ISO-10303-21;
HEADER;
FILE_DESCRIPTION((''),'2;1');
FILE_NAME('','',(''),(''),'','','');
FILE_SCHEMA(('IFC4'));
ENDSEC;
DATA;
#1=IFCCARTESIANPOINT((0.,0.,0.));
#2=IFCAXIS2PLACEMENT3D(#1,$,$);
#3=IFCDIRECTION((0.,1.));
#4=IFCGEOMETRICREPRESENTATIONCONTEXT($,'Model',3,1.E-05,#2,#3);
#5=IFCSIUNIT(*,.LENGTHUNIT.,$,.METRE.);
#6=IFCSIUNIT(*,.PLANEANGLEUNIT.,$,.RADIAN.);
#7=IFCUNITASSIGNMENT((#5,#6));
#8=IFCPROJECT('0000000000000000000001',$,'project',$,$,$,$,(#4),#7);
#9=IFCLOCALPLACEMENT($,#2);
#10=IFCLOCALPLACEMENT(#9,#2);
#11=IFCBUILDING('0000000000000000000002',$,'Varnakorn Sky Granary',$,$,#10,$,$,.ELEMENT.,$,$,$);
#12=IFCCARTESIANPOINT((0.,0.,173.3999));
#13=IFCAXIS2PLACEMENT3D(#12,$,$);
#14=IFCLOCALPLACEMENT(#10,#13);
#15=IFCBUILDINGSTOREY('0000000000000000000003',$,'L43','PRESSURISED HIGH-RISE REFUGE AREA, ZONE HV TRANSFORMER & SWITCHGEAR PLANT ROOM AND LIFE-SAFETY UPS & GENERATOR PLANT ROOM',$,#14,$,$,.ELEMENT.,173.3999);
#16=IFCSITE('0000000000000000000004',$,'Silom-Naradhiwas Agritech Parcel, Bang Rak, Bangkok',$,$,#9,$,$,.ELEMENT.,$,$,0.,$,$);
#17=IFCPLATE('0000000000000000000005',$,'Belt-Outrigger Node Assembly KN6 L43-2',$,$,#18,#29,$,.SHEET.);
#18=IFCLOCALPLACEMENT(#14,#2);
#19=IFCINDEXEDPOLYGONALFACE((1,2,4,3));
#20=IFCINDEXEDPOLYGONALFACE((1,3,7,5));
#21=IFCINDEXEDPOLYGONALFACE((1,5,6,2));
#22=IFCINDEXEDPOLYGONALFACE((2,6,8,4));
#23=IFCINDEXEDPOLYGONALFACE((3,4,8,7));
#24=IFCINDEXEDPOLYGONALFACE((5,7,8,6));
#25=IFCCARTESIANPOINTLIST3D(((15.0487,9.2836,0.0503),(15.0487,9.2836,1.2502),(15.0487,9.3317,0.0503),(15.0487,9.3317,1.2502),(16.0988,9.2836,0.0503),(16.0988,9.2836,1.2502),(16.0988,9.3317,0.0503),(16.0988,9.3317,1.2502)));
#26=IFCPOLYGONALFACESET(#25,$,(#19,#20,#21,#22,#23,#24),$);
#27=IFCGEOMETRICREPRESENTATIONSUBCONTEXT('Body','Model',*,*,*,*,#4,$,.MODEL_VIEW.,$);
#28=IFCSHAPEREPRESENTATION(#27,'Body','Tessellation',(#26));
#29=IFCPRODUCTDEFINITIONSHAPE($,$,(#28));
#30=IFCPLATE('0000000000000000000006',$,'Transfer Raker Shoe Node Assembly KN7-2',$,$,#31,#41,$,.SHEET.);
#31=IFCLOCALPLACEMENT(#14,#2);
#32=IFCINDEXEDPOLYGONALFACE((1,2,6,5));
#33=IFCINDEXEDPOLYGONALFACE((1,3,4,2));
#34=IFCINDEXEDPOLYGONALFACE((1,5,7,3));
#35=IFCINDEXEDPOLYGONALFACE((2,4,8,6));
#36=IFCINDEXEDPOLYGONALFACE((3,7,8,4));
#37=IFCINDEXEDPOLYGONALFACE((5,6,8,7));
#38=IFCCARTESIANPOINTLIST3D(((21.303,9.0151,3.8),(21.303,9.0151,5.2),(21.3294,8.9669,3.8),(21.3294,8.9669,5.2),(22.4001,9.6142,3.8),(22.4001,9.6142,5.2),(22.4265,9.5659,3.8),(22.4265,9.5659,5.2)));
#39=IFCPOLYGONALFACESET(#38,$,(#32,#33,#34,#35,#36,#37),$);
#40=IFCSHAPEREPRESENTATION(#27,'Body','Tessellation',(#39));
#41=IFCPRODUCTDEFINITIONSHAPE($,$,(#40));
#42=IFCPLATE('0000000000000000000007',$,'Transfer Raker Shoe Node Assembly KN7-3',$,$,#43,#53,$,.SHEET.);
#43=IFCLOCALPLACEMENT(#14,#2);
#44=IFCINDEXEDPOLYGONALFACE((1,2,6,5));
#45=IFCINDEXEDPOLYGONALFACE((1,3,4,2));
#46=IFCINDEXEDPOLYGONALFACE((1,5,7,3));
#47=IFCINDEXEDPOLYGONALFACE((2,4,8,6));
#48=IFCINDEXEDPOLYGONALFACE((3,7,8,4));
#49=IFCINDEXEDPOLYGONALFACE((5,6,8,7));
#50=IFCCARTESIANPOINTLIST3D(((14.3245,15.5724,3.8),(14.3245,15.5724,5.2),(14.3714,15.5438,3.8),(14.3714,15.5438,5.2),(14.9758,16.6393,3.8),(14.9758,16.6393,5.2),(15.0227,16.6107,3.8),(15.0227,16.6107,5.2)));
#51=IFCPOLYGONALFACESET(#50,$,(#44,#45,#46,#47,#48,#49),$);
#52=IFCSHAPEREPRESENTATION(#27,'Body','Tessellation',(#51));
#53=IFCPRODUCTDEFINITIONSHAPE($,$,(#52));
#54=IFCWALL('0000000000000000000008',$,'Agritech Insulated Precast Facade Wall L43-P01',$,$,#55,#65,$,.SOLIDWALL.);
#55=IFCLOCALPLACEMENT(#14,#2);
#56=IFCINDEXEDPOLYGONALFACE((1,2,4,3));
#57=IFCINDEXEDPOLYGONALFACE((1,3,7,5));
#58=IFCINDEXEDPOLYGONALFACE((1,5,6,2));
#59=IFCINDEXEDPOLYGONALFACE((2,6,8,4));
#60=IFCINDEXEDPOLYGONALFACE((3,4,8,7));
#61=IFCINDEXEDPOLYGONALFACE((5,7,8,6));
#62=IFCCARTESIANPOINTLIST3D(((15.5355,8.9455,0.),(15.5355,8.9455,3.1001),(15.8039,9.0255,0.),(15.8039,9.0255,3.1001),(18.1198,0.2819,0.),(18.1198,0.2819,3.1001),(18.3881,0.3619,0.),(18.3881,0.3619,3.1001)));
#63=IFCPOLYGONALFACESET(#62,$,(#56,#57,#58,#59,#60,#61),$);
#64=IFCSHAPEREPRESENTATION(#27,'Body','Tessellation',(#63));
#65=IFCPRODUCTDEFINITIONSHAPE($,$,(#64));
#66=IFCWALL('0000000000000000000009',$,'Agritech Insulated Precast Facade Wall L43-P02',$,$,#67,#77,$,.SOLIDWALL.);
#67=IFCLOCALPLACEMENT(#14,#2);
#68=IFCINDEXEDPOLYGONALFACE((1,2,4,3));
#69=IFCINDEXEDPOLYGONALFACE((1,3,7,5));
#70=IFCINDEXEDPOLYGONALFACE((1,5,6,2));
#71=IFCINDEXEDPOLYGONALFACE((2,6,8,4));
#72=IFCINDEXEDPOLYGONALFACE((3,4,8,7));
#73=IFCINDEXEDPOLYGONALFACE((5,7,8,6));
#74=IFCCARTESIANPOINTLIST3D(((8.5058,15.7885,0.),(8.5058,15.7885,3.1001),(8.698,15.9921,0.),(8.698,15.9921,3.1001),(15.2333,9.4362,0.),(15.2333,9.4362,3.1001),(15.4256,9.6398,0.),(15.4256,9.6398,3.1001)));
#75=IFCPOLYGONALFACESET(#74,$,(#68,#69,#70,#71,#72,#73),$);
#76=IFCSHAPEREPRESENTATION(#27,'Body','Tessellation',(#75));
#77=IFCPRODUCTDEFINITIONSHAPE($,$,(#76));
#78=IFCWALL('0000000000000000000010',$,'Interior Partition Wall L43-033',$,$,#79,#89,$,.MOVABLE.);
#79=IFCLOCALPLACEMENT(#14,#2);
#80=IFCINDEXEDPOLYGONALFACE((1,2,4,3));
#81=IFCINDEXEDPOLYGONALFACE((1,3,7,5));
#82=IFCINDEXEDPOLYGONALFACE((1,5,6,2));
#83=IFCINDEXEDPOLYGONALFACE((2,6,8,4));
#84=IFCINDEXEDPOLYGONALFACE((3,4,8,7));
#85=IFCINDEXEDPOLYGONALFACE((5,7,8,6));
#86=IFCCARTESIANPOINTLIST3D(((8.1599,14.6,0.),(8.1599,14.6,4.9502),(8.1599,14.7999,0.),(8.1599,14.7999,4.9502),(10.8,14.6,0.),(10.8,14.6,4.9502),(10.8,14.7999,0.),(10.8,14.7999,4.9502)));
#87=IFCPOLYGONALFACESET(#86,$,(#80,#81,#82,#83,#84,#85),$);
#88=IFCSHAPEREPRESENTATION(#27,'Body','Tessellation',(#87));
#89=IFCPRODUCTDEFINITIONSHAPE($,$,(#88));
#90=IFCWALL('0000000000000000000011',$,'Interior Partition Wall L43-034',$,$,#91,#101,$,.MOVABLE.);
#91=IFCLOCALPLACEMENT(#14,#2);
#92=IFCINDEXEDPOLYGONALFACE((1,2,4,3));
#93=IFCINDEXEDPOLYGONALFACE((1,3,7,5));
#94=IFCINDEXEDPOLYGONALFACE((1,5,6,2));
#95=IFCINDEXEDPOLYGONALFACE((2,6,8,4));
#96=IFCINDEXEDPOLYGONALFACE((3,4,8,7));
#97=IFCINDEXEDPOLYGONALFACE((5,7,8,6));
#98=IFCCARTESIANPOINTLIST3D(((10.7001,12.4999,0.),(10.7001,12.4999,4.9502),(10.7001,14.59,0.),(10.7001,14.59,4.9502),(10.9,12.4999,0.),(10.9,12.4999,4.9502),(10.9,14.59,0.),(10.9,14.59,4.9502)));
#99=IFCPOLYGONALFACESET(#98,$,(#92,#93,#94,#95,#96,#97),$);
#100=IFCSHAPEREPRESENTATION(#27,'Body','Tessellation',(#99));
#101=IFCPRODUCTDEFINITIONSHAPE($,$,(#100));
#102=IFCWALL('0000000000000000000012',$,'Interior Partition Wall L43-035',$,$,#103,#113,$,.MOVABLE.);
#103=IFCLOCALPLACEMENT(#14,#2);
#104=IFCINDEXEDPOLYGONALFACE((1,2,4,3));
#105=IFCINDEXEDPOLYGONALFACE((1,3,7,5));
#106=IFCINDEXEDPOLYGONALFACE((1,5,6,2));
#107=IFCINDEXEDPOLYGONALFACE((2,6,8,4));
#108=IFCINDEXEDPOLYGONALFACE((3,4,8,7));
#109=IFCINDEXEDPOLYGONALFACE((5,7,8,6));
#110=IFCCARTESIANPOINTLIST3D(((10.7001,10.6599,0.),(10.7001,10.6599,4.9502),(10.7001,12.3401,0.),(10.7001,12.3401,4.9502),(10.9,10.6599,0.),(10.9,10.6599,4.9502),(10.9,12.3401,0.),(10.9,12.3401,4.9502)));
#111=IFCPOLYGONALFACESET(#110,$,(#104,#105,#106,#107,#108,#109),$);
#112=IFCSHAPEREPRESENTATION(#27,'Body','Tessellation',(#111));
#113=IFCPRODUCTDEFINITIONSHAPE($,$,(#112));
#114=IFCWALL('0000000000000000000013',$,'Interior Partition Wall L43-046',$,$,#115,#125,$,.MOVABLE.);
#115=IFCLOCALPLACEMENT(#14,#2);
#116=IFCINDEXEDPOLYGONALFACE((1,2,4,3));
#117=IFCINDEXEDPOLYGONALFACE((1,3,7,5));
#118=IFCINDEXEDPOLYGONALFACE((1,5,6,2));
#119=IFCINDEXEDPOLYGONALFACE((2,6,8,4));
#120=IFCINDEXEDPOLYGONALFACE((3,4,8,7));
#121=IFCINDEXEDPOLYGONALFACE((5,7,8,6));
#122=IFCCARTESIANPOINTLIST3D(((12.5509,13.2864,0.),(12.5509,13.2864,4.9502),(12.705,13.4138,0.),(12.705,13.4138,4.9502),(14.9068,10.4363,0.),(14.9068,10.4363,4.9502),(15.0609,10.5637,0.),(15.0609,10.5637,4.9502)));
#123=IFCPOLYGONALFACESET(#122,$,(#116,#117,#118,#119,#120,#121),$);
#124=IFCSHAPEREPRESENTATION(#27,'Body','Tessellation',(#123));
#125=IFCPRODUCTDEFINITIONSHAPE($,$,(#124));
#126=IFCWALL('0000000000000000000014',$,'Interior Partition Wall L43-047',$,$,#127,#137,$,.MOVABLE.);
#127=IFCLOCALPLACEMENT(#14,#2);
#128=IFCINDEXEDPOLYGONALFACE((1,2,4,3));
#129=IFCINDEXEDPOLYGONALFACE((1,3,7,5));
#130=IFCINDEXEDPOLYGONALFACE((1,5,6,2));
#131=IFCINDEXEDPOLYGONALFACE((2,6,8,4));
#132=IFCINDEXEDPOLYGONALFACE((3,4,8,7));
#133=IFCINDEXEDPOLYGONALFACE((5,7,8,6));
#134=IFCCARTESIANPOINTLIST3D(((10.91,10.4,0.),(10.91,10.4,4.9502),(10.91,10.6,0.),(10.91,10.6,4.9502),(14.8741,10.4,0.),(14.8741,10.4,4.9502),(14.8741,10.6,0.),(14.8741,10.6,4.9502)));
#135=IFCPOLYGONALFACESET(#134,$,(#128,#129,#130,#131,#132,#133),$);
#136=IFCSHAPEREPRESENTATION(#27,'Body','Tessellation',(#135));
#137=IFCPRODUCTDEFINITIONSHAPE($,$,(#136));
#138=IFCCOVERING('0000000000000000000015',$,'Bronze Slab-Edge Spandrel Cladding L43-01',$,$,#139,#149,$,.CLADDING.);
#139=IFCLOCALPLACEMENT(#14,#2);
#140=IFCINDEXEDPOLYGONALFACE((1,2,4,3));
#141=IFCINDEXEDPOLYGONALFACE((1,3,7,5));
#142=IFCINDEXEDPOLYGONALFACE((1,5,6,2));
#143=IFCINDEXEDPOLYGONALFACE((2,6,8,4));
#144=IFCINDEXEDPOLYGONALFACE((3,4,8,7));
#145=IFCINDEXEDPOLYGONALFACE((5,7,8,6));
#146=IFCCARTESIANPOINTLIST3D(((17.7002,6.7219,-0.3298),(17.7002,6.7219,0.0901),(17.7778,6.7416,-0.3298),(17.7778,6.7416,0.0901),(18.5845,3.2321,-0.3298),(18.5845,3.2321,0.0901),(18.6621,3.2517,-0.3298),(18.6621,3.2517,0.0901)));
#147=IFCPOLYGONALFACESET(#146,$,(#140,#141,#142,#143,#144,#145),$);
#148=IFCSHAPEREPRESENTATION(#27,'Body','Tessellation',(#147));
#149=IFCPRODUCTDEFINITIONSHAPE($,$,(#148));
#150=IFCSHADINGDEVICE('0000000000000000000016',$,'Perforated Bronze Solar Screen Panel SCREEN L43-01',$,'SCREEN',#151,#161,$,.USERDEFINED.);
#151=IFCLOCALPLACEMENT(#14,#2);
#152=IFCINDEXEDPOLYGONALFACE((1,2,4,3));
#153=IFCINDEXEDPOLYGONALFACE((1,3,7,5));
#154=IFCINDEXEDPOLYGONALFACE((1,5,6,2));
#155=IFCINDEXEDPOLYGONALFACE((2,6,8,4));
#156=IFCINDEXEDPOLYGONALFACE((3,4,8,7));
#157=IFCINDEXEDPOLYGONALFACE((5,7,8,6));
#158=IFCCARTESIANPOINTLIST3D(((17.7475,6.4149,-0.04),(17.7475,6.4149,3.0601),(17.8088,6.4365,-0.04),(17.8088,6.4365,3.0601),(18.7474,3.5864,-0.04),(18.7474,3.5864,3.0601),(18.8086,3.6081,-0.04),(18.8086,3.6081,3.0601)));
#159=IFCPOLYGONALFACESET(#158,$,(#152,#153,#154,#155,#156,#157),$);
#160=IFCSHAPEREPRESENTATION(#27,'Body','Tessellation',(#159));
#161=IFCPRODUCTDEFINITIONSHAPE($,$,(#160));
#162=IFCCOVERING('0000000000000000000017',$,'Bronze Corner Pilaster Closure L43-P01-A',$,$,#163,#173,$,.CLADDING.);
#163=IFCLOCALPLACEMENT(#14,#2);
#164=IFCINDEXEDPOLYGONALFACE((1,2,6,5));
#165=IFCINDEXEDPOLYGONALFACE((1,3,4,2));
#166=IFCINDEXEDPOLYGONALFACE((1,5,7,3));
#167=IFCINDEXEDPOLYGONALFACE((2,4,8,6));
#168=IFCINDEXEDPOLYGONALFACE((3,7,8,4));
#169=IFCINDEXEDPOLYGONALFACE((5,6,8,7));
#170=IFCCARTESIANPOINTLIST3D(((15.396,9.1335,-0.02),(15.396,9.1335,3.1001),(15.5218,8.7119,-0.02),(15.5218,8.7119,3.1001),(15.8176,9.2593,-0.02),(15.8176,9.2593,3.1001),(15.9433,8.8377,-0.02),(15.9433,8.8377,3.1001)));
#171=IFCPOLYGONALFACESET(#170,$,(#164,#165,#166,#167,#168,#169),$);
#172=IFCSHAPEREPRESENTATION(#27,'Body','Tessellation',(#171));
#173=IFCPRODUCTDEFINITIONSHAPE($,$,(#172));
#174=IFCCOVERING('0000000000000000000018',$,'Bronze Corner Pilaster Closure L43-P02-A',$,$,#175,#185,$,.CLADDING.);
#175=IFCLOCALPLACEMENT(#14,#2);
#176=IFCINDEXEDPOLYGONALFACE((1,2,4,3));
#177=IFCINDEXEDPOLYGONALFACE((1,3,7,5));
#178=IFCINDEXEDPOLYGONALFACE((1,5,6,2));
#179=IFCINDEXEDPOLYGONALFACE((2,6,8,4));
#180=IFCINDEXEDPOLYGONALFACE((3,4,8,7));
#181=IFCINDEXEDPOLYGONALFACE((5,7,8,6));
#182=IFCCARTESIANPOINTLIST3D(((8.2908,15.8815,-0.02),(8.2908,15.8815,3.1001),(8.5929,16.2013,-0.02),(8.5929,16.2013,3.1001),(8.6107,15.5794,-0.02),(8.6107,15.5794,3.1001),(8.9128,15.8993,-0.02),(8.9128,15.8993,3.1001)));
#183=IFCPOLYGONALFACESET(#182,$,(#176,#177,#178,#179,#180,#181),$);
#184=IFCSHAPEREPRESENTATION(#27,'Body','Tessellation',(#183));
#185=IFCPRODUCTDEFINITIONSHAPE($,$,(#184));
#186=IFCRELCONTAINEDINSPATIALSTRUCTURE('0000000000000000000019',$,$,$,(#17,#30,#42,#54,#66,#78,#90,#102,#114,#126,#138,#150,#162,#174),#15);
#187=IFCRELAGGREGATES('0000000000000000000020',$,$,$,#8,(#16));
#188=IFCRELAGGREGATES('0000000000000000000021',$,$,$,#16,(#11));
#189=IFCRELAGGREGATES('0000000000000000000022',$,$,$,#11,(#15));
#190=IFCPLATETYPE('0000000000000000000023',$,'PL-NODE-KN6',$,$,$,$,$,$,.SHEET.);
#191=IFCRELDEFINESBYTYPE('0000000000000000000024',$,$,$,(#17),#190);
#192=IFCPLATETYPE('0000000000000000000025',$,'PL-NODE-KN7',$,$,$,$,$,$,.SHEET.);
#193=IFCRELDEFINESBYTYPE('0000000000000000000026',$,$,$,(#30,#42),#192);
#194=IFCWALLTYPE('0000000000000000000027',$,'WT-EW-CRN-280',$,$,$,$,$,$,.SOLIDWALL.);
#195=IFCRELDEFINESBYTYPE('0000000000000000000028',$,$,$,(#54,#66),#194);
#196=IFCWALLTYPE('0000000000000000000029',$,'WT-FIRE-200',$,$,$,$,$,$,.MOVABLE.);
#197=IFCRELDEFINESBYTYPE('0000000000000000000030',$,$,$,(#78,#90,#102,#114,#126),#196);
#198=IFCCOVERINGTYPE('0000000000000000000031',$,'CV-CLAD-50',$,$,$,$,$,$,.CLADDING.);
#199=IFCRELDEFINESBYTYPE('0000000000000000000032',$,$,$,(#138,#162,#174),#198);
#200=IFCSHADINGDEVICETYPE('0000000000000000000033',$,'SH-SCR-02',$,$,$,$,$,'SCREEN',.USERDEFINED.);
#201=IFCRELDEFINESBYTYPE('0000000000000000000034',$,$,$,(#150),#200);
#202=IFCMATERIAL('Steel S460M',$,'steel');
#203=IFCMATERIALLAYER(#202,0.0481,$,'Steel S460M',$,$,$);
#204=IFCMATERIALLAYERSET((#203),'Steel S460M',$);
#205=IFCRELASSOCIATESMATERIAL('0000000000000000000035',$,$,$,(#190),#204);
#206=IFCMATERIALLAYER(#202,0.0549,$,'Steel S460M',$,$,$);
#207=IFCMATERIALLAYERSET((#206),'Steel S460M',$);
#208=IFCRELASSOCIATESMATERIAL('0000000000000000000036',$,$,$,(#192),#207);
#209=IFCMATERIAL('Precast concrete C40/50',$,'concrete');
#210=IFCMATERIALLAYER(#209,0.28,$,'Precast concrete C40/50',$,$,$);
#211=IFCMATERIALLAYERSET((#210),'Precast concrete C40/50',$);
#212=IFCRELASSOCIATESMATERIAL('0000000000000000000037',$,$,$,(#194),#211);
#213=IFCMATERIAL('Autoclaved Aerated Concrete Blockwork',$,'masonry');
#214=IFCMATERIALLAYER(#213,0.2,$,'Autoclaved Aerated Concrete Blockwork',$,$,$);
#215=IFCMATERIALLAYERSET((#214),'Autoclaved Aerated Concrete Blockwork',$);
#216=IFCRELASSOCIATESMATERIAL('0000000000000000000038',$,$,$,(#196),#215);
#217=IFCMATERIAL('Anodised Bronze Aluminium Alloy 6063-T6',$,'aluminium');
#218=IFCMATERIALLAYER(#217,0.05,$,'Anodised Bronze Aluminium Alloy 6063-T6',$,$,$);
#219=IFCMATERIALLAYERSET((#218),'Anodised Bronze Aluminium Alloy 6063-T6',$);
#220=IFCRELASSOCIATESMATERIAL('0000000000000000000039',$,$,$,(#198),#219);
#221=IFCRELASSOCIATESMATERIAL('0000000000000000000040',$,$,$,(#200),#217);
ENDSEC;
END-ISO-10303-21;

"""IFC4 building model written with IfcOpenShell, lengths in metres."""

from ifc_helpers import new_model, si_unit, direction, frame, frame_2d, origin, origin_2d, place, context, subcontext, project, spatial, rectangle, extrude, source, transform, mapped, material, layer, layer_set, type_object, type_shapes, element, save


model = new_model("IFC4")

# Units and contexts
model_context = context("Model", 3, precision=1e-05, world=origin(), true_north=direction((0.0, 1.0)))
body_context = subcontext(model_context, "Body", "Model", "MODEL_VIEW")
ifc_project = project(units=[si_unit("LENGTHUNIT", "METRE"), si_unit("PLANEANGLEUNIT", "RADIAN")], contexts=[model_context])

# Site, building, storey
site_placement = place(None, origin())
site = spatial("IfcSite", under=ifc_project, at=site_placement, Name="Silom-Naradhiwas Agritech Parcel, Bang Rak, Bangkok", CompositionType="ELEMENT", RefElevation=0.0)
building_placement = place(site_placement, origin())
building = spatial("IfcBuilding", under=site, at=building_placement, Name="Varnakorn Sky Granary", CompositionType="ELEMENT")
storey_placement = place(building_placement, frame((0.0, 0.0, 173.3999)))
storey = spatial("IfcBuildingStorey", under=building, at=storey_placement, Name="L43", Description="PRESSURISED HIGH-RISE REFUGE AREA, ZONE HV TRANSFORMER & SWITCHGEAR PLANT ROOM AND LIFE-SAFETY UPS & GENERATOR PLANT ROOM", CompositionType="ELEMENT", Elevation=173.3999)

# Shared definitions
ifc_material_1 = material(Name="Steel S460M", Category="steel")

# Plates
ifc_layer_1 = layer(ifc_material_1, 0.0481, Name="Steel S460M")
ifc_layer_set_1 = layer_set([ifc_layer_1], Name="Steel S460M")
plate_type_1 = type_object("IfcPlateType", Name="PL-NODE-KN6", PredefinedType="SHEET", material=ifc_layer_set_1)
plate_placement = place(storey_placement, frame((15.5737, 9.3076, 0.0503), z_axis=(0.0, 0.0, 1.0), x_axis=(1.0, 0.0, 0.0)))
element("IfcPlate", 1, at=plate_placement, inside=storey, type_object=plate_type_1, Name="Belt-Outrigger Node Assembly KN6 L43-2", PredefinedType="SHEET", context=body_context, shape_type="SweptSolid", body=[
    extrude(rectangle(XDim=1.05, YDim=0.0481, at=origin_2d()), origin(), (0.0, 0.0, 1.0), 1.2),
])
ifc_layer_2 = layer(ifc_material_1, 0.0549, Name="Steel S460M")
ifc_layer_set_2 = layer_set([ifc_layer_2], Name="Steel S460M")
plate_type_2 = type_object("IfcPlateType", Name="PL-NODE-KN7", PredefinedType="SHEET", material=ifc_layer_set_2)
for number, where, z_axis, x_axis, name in (
    (2, (21.8647, 9.2905, 3.8), (0.0, 0.0, 1.0), (0.877685, 0.479238, 0.0), "Transfer Raker Shoe Node Assembly KN7-2"),
    (3, (14.6736, 16.0916, 3.8), (0.0, 0.0, 1.0), (0.521054, 0.853524, 0.0), "Transfer Raker Shoe Node Assembly KN7-3"),
):
    element("IfcPlate", number, at=place(storey_placement, frame(where, z_axis=z_axis, x_axis=x_axis)), inside=storey, type_object=plate_type_2, Name=name, PredefinedType="SHEET", context=body_context, shape_type="SweptSolid", body=[
        extrude(rectangle(XDim=1.25, YDim=0.0549, at=origin_2d()), origin(), (0.0, 0.0, 1.0), 1.3999),
    ])

# Walls
ifc_material_2 = material(Name="Precast concrete C40/50", Category="concrete")
ifc_layer_3 = layer(ifc_material_2, 0.28, Name="Precast concrete C40/50")
ifc_layer_set_3 = layer_set([ifc_layer_3], Name="Precast concrete C40/50")
wall_type_1 = type_object("IfcWallType", Name="WT-EW-CRN-280", PredefinedType="SOLIDWALL", material=ifc_layer_set_3)
wall_1_placement = place(storey_placement, frame((15.6697, 8.9856, 0.0), z_axis=(0.0, 0.0, 1.0), x_axis=(0.285841, -0.958277, 0.0)))
element("IfcWall", 4, at=wall_1_placement, inside=storey, type_object=wall_type_1, Name="Agritech Insulated Precast Facade Wall L43-P01", PredefinedType="SOLIDWALL", context=body_context, shape_type="SweptSolid", body=[
    extrude(rectangle(XDim=9.0408, YDim=0.28, at=frame_2d((4.5205, 0.0))), origin(), (0.0, 0.0, 1.0), 3.1001),
])
wall_2_placement = place(storey_placement, frame((8.6018, 15.8904, 0.0), z_axis=(0.0, 0.0, 1.0), x_axis=(0.727094, -0.686538, 0.0)))
element("IfcWall", 5, at=wall_2_placement, inside=storey, type_object=wall_type_1, Name="Agritech Insulated Precast Facade Wall L43-P02", PredefinedType="SOLIDWALL", context=body_context, shape_type="SweptSolid", body=[
    extrude(rectangle(XDim=9.2527, YDim=0.28, at=frame_2d((4.6265, 0.0))), origin(), (0.0, 0.0, 1.0), 3.1001),
])
ifc_material_3 = material(Name="Autoclaved Aerated Concrete Blockwork", Category="masonry")
ifc_layer_4 = layer(ifc_material_3, 0.2, Name="Autoclaved Aerated Concrete Blockwork")
ifc_layer_set_4 = layer_set([ifc_layer_4], Name="Autoclaved Aerated Concrete Blockwork")
wall_type_2 = type_object("IfcWallType", Name="WT-FIRE-200", PredefinedType="MOVABLE", material=ifc_layer_set_4)
wall_3_placement = place(storey_placement, frame((10.8, 14.7, 0.0), z_axis=(0.0, 0.0, 1.0), x_axis=(-1.0, 0.0, 0.0)))
element("IfcWall", 6, at=wall_3_placement, inside=storey, type_object=wall_type_2, Name="Interior Partition Wall L43-033", PredefinedType="MOVABLE", context=body_context, shape_type="SweptSolid", body=[
    extrude(rectangle(XDim=2.6401, YDim=0.2, at=frame_2d((1.3201, 0.0))), origin(), (0.0, 0.0, 1.0), 4.9502),
])
wall_4_placement = place(storey_placement, frame((10.8, 12.5, 0.0), z_axis=(0.0, 0.0, 1.0), x_axis=(0.0, 1.0, 0.0)))
element("IfcWall", 7, at=wall_4_placement, inside=storey, type_object=wall_type_2, Name="Interior Partition Wall L43-034", PredefinedType="MOVABLE", context=body_context, shape_type="SweptSolid", body=[
    extrude(rectangle(XDim=2.0901, YDim=0.2, at=frame_2d((1.0449, 0.0))), origin(), (0.0, 0.0, 1.0), 4.9502),
])
wall_5_placement = place(storey_placement, frame((10.8, 10.6599, 0.0), z_axis=(0.0, 0.0, 1.0), x_axis=(0.0, 1.0, 0.0)))
element("IfcWall", 8, at=wall_5_placement, inside=storey, type_object=wall_type_2, Name="Interior Partition Wall L43-035", PredefinedType="MOVABLE", context=body_context, shape_type="SweptSolid", body=[
    extrude(rectangle(XDim=1.6802, YDim=0.2, at=frame_2d((0.8401, 0.0))), origin(), (0.0, 0.0, 1.0), 4.9502),
])
wall_6_placement = place(storey_placement, frame((12.6279, 13.3501, 0.0), z_axis=(0.0, 0.0, 1.0), x_axis=(0.637127, -0.770759, 0.0)))
element("IfcWall", 9, at=wall_6_placement, inside=storey, type_object=wall_type_2, Name="Interior Partition Wall L43-046", PredefinedType="MOVABLE", context=body_context, shape_type="SweptSolid", body=[
    extrude(rectangle(XDim=3.6978, YDim=0.2, at=frame_2d((1.8489, 0.0))), origin(), (0.0, 0.0, 1.0), 4.9502),
])
wall_7_placement = place(storey_placement, frame((14.874, 10.5, 0.0), z_axis=(0.0, 0.0, 1.0), x_axis=(-1.0, 0.0, 0.0)))
element("IfcWall", 10, at=wall_7_placement, inside=storey, type_object=wall_type_2, Name="Interior Partition Wall L43-047", PredefinedType="MOVABLE", context=body_context, shape_type="SweptSolid", body=[
    extrude(rectangle(XDim=3.9641, YDim=0.2, at=frame_2d((1.9819, 0.0))), origin(), (0.0, 0.0, 1.0), 4.9502),
])

# Covering
ifc_material_4 = material(Name="Anodised Bronze Aluminium Alloy 6063-T6", Category="aluminium")
ifc_layer_5 = layer(ifc_material_4, 0.05, Name="Anodised Bronze Aluminium Alloy 6063-T6")
ifc_layer_set_5 = layer_set([ifc_layer_5], Name="Anodised Bronze Aluminium Alloy 6063-T6")
covering_type = type_object("IfcCoveringType", Name="CV-CLAD-50", PredefinedType="CLADDING", material=ifc_layer_set_5)
shared_shape_1 = source(origin(), body_context, "Body", "SweptSolid", [
    extrude(rectangle(XDim=3.6001, YDim=0.0801, at=origin_2d()), origin(), (0.0, 0.0, 1.0), 0.4199),
])
covering_placement = place(storey_placement, frame((18.1812, 4.9868, -0.3298), z_axis=(0.0, 0.0, 1.0), x_axis=(-0.245621, 0.969366, 0.0)))
element("IfcCovering", 11, at=covering_placement, inside=storey, type_object=covering_type, Name="Bronze Slab-Edge Spandrel Cladding L43-01", PredefinedType="CLADDING", context=body_context, shape_type="MappedRepresentation", body=[
    mapped(shared_shape_1, transform((0.0, 0.0, 0.0), x_axis=(1.0, 0.0, 0.0), y_axis=(0.0, 1.0, 0.0), z_axis=(0.0, 0.0, 1.0), scale=1.0)),
])

# Shading device
shading_device_type = type_object("IfcShadingDeviceType", Name="SH-SCR-02", ElementType="SCREEN", PredefinedType="USERDEFINED", material=ifc_material_4)
shared_shape_2 = source(origin(), body_context, "Body", "SweptSolid", [
    extrude(rectangle(XDim=3.0, YDim=0.0649, at=origin_2d()), origin(), (0.0, 0.0, 1.0), 3.1001),
])
type_shapes(shading_device_type, [shared_shape_2])
shading_device_placement = place(storey_placement, frame((18.2781, 5.0115, -0.04), z_axis=(0.0, 0.0, 1.0), x_axis=(-0.333289, 0.942825, 0.0)))
element("IfcShadingDevice", 12, at=shading_device_placement, inside=storey, type_object=shading_device_type, Name="Perforated Bronze Solar Screen Panel SCREEN L43-01", ObjectType="SCREEN", PredefinedType="USERDEFINED", context=body_context, shape_type="MappedRepresentation", body=[
    mapped(shared_shape_2, transform((0.0, 0.0, 0.0), x_axis=(1.0, 0.0, 0.0), y_axis=(0.0, 1.0, 0.0), z_axis=(0.0, 0.0, 1.0), scale=1.0)),
])

# Coverings
shared_shape_3 = source(origin(), body_context, "Body", "SweptSolid", [
    extrude(rectangle(XDim=0.4399, YDim=0.4399, at=origin_2d()), origin(), (0.0, 0.0, 1.0), 3.1201),
])
type_shapes(covering_type, [shared_shape_1, shared_shape_3])
for number, where, z_axis, x_axis, name in (
    (13, (15.6697, 8.9856, -0.02), (0.0, 0.0, 1.0), (0.285856, -0.958273, 0.0), "Bronze Corner Pilaster Closure L43-P01-A"),
    (14, (8.6018, 15.8904, -0.02), (0.0, 0.0, 1.0), (0.727054, -0.68658, 0.0), "Bronze Corner Pilaster Closure L43-P02-A"),
):
    element("IfcCovering", number, at=place(storey_placement, frame(where, z_axis=z_axis, x_axis=x_axis)), inside=storey, type_object=covering_type, Name=name, PredefinedType="CLADDING", context=body_context, shape_type="MappedRepresentation", body=[
        mapped(shared_shape_3, transform((0.0, 0.0, 0.0), x_axis=(1.0, 0.0, 0.0), y_axis=(0.0, 1.0, 0.0), z_axis=(0.0, 0.0, 1.0), scale=1.0)),
    ])

save(model, "model.ifc")
